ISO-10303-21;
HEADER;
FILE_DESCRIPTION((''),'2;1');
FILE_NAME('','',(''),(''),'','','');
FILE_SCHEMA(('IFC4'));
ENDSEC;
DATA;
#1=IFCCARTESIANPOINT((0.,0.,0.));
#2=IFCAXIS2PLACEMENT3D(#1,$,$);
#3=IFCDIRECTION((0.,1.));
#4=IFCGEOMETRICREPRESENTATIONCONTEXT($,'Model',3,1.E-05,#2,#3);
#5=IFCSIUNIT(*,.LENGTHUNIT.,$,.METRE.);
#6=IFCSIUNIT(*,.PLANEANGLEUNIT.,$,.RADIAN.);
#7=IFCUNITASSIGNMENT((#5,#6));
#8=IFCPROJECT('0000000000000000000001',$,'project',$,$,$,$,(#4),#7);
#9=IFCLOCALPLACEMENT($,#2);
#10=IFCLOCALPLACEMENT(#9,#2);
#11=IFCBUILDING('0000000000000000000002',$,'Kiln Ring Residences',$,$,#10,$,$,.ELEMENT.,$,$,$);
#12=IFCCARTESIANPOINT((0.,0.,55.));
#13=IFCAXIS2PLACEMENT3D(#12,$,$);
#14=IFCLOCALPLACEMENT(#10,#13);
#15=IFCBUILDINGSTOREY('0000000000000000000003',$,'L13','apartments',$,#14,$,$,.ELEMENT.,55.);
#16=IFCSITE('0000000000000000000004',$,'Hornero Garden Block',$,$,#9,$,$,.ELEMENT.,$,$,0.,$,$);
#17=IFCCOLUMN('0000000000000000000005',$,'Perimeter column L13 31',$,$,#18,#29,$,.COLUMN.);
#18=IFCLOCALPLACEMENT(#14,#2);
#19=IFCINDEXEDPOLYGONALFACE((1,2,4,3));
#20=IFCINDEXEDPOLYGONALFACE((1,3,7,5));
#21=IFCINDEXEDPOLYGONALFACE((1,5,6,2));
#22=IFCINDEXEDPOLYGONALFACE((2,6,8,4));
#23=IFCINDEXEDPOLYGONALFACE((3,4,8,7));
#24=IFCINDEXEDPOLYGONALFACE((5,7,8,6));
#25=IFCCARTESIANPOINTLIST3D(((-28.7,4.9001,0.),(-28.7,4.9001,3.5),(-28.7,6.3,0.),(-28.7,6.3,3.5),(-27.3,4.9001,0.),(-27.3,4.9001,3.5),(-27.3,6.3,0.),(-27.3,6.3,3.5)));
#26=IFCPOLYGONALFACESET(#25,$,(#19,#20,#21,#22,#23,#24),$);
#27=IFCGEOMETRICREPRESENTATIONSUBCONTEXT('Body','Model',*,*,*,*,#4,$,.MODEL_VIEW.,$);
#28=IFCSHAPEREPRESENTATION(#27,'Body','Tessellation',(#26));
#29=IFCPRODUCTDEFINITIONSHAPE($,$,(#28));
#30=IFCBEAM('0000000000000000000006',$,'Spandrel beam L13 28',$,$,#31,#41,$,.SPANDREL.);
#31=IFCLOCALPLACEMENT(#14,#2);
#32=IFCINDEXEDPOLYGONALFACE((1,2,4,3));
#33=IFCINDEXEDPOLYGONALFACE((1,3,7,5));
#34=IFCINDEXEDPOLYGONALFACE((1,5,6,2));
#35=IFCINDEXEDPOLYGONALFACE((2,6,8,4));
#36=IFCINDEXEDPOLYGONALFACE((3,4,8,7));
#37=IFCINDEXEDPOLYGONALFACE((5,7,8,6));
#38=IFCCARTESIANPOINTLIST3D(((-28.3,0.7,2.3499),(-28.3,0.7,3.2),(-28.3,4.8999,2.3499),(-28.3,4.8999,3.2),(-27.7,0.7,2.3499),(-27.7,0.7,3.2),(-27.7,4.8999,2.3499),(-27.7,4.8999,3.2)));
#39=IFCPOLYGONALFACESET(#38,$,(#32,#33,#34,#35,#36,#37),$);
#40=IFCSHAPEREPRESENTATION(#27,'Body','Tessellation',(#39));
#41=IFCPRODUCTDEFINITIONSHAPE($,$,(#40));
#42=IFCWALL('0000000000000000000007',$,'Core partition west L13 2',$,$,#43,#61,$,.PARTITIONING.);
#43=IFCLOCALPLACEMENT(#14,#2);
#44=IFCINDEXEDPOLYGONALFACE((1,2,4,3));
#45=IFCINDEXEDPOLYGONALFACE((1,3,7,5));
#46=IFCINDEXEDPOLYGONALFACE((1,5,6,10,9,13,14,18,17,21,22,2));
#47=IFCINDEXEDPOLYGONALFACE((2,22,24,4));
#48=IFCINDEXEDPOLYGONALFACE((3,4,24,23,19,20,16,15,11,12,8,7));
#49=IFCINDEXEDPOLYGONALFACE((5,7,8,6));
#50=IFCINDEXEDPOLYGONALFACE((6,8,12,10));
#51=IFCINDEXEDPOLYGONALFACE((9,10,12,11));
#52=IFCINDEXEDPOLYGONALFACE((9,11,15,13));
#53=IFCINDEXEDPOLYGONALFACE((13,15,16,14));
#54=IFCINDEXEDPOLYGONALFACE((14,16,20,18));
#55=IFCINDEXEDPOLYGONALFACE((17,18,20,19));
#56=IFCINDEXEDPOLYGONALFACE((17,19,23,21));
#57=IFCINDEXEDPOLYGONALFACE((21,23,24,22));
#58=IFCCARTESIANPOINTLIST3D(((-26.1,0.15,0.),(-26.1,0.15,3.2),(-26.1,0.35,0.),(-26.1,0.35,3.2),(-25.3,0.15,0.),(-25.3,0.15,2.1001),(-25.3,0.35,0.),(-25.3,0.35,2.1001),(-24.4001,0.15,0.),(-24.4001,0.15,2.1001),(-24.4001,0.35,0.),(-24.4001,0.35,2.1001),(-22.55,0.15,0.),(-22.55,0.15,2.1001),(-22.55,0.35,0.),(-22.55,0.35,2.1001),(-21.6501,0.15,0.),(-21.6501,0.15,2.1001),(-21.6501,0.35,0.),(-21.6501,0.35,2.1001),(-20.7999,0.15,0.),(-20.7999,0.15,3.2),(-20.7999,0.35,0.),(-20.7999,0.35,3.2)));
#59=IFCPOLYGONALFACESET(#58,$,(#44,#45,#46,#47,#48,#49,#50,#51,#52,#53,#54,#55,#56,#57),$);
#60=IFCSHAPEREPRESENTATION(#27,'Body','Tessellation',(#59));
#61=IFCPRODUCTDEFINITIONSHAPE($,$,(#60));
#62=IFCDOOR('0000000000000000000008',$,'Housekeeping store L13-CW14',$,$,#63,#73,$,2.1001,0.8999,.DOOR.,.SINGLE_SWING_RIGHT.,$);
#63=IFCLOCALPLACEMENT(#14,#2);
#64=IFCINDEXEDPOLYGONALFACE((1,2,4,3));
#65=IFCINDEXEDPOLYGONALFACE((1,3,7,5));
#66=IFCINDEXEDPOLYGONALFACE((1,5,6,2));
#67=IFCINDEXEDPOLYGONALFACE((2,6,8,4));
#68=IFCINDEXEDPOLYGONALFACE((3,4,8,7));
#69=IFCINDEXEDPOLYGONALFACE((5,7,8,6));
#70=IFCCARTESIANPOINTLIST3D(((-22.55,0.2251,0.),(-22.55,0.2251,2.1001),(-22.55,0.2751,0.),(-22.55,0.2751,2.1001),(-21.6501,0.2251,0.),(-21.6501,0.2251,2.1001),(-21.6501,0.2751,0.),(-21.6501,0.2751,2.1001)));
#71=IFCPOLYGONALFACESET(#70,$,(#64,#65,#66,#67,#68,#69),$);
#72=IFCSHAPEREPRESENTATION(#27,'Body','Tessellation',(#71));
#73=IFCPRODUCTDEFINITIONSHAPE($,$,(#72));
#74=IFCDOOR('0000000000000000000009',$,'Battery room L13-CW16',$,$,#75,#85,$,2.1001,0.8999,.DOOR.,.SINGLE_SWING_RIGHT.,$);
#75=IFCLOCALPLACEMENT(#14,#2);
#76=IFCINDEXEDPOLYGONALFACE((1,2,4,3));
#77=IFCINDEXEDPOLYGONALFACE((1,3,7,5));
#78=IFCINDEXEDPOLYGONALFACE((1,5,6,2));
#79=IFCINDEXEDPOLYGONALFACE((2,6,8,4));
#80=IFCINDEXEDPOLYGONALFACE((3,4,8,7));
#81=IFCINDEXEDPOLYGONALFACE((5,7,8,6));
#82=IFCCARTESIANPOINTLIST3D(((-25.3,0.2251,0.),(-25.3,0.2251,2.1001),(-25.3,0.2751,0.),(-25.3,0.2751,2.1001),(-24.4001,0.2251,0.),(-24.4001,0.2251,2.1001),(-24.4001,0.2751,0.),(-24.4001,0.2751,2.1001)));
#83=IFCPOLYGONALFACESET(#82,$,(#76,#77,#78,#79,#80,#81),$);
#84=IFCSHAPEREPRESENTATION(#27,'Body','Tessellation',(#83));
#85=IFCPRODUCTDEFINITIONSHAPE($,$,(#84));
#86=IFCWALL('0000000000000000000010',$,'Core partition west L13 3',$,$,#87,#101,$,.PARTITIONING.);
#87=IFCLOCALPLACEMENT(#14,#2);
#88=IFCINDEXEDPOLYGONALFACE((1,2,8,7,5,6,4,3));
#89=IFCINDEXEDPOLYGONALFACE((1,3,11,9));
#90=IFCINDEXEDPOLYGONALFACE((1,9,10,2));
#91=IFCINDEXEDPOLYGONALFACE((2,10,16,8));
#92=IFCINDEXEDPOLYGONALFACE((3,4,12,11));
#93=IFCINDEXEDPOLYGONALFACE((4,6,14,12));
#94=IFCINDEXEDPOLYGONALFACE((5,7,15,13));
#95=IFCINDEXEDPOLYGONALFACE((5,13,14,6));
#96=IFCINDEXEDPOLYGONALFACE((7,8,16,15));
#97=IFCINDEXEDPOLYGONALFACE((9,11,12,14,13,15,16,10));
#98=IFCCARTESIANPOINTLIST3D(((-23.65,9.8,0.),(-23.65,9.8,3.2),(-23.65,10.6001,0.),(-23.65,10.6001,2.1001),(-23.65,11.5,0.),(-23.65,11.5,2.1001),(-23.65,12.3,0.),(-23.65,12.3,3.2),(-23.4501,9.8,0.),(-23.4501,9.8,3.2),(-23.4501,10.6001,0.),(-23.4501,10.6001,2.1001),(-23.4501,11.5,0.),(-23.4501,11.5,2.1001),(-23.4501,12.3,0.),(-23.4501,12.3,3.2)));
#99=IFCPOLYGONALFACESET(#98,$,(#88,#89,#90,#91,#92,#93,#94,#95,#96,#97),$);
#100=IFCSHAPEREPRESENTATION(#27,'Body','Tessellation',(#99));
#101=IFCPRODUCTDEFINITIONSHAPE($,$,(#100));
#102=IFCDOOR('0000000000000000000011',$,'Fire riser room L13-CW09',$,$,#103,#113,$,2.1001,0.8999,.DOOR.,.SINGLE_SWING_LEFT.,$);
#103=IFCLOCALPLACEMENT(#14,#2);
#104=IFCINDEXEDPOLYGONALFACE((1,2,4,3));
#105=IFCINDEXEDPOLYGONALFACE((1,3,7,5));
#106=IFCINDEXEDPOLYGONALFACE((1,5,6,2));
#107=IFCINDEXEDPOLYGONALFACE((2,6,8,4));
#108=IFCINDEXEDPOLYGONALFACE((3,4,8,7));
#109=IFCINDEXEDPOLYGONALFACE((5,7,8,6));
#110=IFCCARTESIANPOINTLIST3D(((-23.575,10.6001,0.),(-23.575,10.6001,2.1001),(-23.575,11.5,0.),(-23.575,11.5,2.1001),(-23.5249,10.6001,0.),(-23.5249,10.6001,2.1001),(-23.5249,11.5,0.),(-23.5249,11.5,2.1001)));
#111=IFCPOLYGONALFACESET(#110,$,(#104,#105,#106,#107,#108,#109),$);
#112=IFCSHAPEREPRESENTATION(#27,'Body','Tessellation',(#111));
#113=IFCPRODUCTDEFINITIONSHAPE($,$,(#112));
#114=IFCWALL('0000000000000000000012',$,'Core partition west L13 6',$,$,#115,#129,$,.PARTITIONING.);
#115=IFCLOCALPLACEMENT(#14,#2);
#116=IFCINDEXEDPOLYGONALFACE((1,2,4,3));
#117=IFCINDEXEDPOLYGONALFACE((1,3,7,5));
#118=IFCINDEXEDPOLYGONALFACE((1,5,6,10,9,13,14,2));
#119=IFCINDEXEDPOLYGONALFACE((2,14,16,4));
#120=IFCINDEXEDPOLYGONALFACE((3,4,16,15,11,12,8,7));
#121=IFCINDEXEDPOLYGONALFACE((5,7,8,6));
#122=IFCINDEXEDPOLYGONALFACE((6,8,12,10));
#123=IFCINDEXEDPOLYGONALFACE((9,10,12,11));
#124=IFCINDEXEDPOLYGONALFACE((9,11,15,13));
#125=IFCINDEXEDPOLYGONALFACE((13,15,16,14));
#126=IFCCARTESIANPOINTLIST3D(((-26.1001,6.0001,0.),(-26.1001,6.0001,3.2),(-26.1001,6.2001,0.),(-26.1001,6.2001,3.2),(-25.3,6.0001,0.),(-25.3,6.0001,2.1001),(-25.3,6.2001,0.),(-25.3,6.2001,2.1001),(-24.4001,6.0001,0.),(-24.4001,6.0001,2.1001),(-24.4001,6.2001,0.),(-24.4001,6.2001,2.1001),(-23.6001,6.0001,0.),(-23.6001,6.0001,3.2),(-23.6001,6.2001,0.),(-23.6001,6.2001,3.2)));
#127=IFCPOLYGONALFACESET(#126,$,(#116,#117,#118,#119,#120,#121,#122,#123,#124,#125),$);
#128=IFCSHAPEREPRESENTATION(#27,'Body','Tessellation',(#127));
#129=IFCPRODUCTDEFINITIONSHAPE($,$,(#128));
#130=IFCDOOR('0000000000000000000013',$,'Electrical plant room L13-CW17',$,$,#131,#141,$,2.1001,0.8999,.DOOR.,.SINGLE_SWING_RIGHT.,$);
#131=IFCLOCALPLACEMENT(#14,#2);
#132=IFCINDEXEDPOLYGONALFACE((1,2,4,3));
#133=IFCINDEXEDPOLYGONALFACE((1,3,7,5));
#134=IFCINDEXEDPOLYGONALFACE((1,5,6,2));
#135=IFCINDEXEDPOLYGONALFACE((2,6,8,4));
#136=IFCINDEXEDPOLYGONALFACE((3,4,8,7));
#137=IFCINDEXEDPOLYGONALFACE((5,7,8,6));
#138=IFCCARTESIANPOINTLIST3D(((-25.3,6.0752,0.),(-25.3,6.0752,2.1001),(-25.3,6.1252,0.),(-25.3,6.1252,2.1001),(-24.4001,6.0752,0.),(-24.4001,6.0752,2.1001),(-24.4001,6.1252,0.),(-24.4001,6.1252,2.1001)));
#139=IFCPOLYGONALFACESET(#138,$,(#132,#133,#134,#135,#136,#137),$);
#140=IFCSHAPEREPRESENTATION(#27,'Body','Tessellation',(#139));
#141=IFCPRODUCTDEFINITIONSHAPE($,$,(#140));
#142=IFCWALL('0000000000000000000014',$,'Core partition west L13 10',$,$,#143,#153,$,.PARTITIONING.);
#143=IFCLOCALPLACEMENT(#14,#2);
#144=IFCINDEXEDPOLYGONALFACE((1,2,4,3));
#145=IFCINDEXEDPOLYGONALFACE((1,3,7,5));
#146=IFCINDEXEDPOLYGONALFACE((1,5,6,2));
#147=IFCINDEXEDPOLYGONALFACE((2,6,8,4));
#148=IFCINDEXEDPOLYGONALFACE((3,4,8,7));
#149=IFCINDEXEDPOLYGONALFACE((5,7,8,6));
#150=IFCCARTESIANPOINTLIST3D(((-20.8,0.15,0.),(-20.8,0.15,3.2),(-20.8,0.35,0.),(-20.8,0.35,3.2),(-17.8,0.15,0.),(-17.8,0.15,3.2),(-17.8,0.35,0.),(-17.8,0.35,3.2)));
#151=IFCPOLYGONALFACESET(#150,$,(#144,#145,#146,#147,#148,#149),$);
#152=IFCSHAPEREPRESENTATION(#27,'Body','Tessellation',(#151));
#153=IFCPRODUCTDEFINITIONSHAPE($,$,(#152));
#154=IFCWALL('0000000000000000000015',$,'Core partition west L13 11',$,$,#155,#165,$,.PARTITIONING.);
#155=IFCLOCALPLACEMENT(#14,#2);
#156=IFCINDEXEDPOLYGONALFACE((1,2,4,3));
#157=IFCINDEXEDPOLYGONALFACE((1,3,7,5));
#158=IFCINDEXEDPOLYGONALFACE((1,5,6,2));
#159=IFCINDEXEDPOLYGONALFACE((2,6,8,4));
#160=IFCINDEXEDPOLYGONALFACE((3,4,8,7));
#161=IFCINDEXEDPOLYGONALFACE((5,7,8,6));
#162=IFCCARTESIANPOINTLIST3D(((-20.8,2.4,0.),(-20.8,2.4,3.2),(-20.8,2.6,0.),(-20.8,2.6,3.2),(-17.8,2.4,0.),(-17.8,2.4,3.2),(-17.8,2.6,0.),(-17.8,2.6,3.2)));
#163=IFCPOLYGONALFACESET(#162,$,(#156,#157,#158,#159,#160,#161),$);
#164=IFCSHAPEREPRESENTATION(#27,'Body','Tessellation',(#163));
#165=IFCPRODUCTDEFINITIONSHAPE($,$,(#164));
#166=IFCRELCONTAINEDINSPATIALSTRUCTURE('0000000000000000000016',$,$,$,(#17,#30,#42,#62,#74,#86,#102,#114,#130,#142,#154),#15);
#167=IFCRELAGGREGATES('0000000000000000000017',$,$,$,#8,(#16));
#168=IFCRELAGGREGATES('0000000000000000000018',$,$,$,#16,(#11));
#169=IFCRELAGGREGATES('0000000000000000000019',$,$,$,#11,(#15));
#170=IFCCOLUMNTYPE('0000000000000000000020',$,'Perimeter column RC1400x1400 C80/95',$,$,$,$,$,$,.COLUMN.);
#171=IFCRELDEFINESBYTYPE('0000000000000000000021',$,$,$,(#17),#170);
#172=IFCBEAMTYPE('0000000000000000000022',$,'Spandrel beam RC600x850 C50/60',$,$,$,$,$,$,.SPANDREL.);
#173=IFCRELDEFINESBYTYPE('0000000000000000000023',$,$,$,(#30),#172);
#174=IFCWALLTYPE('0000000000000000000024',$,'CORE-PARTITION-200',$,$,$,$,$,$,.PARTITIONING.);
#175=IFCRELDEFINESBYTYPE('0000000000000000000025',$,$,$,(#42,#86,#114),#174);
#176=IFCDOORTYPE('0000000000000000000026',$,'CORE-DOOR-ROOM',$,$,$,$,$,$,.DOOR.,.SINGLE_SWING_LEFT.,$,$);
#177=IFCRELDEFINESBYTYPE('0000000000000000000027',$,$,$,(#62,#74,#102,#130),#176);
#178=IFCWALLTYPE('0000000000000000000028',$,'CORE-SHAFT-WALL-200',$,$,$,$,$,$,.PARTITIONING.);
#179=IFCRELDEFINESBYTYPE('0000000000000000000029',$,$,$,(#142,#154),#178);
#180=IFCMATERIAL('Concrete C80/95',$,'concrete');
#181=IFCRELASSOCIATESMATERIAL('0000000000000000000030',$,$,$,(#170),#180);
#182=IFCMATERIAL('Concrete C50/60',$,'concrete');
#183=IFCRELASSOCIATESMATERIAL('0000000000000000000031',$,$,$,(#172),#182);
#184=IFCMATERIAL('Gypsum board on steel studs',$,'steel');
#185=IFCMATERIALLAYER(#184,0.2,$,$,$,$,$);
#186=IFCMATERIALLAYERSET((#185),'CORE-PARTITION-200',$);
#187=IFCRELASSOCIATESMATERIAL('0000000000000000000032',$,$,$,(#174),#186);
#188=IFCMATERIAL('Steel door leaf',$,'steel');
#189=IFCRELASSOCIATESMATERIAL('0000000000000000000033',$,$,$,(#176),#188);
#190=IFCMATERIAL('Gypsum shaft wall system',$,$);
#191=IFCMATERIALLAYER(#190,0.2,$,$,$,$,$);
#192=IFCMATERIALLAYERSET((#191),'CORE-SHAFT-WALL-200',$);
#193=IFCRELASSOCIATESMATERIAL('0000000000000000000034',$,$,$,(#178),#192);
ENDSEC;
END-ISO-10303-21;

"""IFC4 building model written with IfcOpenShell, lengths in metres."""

from ifc_helpers import new_model, si_unit, direction, frame, frame_2d, origin, origin_2d, place, context, subcontext, project, spatial, rectangle, extrude, material, layer, layer_set, material_profile, profile_set, type_object, element, fill, save


model = new_model("IFC4")

# Units and contexts
model_context = context("Model", 3, precision=1e-05, world=origin(), true_north=direction((0.0, 1.0)))
body_context = subcontext(model_context, "Body", "Model", "MODEL_VIEW")
ifc_project = project(units=[si_unit("LENGTHUNIT", "METRE"), si_unit("PLANEANGLEUNIT", "RADIAN")], contexts=[model_context])

# Site, building, storey
site_placement = place(None, origin())
site = spatial("IfcSite", under=ifc_project, at=site_placement, Name="Hornero Garden Block", CompositionType="ELEMENT", RefElevation=0.0)
building_placement = place(site_placement, origin())
building = spatial("IfcBuilding", under=site, at=building_placement, Name="Kiln Ring Residences", CompositionType="ELEMENT")
storey_placement = place(building_placement, frame((0.0, 0.0, 55.0)))
storey = spatial("IfcBuildingStorey", under=building, at=storey_placement, Name="L13", Description="apartments", CompositionType="ELEMENT", Elevation=55.0)

# Column
ifc_material_1 = material(Name="Concrete C80/95", Category="concrete")
ifc_material_profile_1 = material_profile(ifc_material_1, rectangle(XDim=1.3999, YDim=1.3999, at=origin_2d()), Name="RC1400x1400")
ifc_profile_set_1 = profile_set([ifc_material_profile_1], Name="Concrete C80/95")
column_type = type_object("IfcColumnType", Name="Perimeter column RC1400x1400 C80/95", PredefinedType="COLUMN", material=ifc_profile_set_1)
column_placement = place(storey_placement, frame((-28.0, 5.6001, 0.0), z_axis=(0.0, 0.0, 1.0), x_axis=(1.0, 0.0, 0.0)))
element("IfcColumn", 1, at=column_placement, inside=storey, type_object=column_type, Name="Perimeter column L13 31", PredefinedType="COLUMN", context=body_context, shape_type="SweptSolid", body=[
    extrude(rectangle(XDim=1.3999, YDim=1.3999, at=origin_2d()), origin(), (0.0, 0.0, 1.0), 3.5),
])

# Beam
ifc_material_2 = material(Name="Concrete C50/60", Category="concrete")
ifc_material_profile_2 = material_profile(ifc_material_2, rectangle(XDim=0.6001, YDim=0.8501, at=origin_2d()), Name="RC600x850")
ifc_profile_set_2 = profile_set([ifc_material_profile_2], Name="Concrete C50/60")
beam_type = type_object("IfcBeamType", Name="Spandrel beam RC600x850 C50/60", PredefinedType="SPANDREL", material=ifc_profile_set_2)
beam_placement = place(storey_placement, frame((-28.0, 4.8999, 2.7749), z_axis=(0.0, -1.0, 0.0), x_axis=(1.0, 0.0, 0.0)))
element("IfcBeam", 2, at=beam_placement, inside=storey, type_object=beam_type, Name="Spandrel beam L13 28", PredefinedType="SPANDREL", context=body_context, shape_type="SweptSolid", body=[
    extrude(rectangle(XDim=0.6001, YDim=0.8501, at=origin_2d()), origin(), (0.0, 0.0, 1.0), 4.2),
])

# Wall, openings, doors
ifc_material_3 = material(Name="Gypsum board on steel studs", Category="steel")
ifc_layer_1 = layer(ifc_material_3, 0.2)
ifc_layer_set_1 = layer_set([ifc_layer_1], Name="CORE-PARTITION-200")
wall_type_1 = type_object("IfcWallType", Name="CORE-PARTITION-200", PredefinedType="PARTITIONING", material=ifc_layer_set_1)
wall_1_placement = place(storey_placement, frame((-20.8, 0.25, 0.0), z_axis=(0.0, 0.0, 1.0), x_axis=(-1.0, 0.0, 0.0)))
wall_1 = element("IfcWall", 3, at=wall_1_placement, inside=storey, type_object=wall_type_1, Name="Core partition west L13 2", PredefinedType="PARTITIONING", context=body_context, shape_type="SweptSolid", body=[
    extrude(rectangle(XDim=5.3, YDim=0.2, at=frame_2d((2.6499, 0.0))), origin(), (0.0, 0.0, 1.0), 3.2),
])
opening_1_placement = place(wall_1_placement, frame((0.8501, 0.0, 0.0)))
opening_1 = element("IfcOpeningElement", 4, at=opening_1_placement, cuts=wall_1, PredefinedType="OPENING", context=body_context, shape_type="SweptSolid", body=[
    extrude(rectangle(XDim=0.8999, YDim=2.1001, at=frame_2d((0.45, 1.05))), frame((0.0, 0.1099, 0.0), z_axis=(0.0, -1.0, 0.0), x_axis=(1.0, 0.0, 0.0)), (0.0, 0.0, 1.0), 0.22),
])
opening_2_placement = place(wall_1_placement, frame((3.6001, 0.0, 0.0)))
opening_2 = element("IfcOpeningElement", 5, at=opening_2_placement, cuts=wall_1, PredefinedType="OPENING", context=body_context, shape_type="SweptSolid", body=[
    extrude(rectangle(XDim=0.8999, YDim=2.1001, at=frame_2d((0.45, 1.05))), frame((0.0, 0.1099, 0.0), z_axis=(0.0, -1.0, 0.0), x_axis=(1.0, 0.0, 0.0)), (0.0, 0.0, 1.0), 0.22),
])
ifc_material_4 = material(Name="Steel door leaf", Category="steel")
door_type_1 = type_object("IfcDoorType", Name="CORE-DOOR-ROOM", OperationType="SINGLE_SWING_LEFT", PredefinedType="DOOR", material=ifc_material_4)
door_1_placement = place(opening_1_placement, origin())
door_1 = element("IfcDoor", 6, at=door_1_placement, inside=storey, type_object=door_type_1, Name="Housekeeping store L13-CW14", OperationType="SINGLE_SWING_RIGHT", OverallHeight=2.1001, OverallWidth=0.8999, PredefinedType="DOOR", context=body_context, shape_type="SweptSolid", body=[
    extrude(rectangle(XDim=0.8999, YDim=2.1001, at=frame_2d((0.45, 1.05))), frame((0.0, 0.0249, 0.0), z_axis=(0.0, -1.0, 0.0), x_axis=(1.0, 0.0, 0.0)), (0.0, 0.0, 1.0), 0.05),
])
fill(opening_1, door_1)
door_2_placement = place(opening_2_placement, origin())
door_2 = element("IfcDoor", 7, at=door_2_placement, inside=storey, type_object=door_type_1, Name="Battery room L13-CW16", OperationType="SINGLE_SWING_RIGHT", OverallHeight=2.1001, OverallWidth=0.8999, PredefinedType="DOOR", context=body_context, shape_type="SweptSolid", body=[
    extrude(rectangle(XDim=0.8999, YDim=2.1001, at=frame_2d((0.45, 1.05))), frame((0.0, 0.0249, 0.0), z_axis=(0.0, -1.0, 0.0), x_axis=(1.0, 0.0, 0.0)), (0.0, 0.0, 1.0), 0.05),
])
fill(opening_2, door_2)

# Walls, openings, doors
wall_2_placement = place(storey_placement, frame((-23.55, 9.8, 0.0), z_axis=(0.0, 0.0, 1.0), x_axis=(0.0, 1.0, 0.0)))
wall_2 = element("IfcWall", 8, at=wall_2_placement, inside=storey, type_object=wall_type_1, Name="Core partition west L13 3", PredefinedType="PARTITIONING", context=body_context, shape_type="SweptSolid", body=[
    extrude(rectangle(XDim=2.5, YDim=0.2, at=frame_2d((1.25, 0.0))), origin(), (0.0, 0.0, 1.0), 3.2),
])
opening_3_placement = place(wall_2_placement, frame((0.8, 0.0, 0.0)))
opening_3 = element("IfcOpeningElement", 9, at=opening_3_placement, cuts=wall_2, PredefinedType="OPENING", context=body_context, shape_type="SweptSolid", body=[
    extrude(rectangle(XDim=0.8999, YDim=2.1001, at=frame_2d((0.45, 1.05))), frame((0.0, 0.1099, 0.0), z_axis=(0.0, -1.0, 0.0), x_axis=(1.0, 0.0, 0.0)), (0.0, 0.0, 1.0), 0.22),
])
door_3_placement = place(opening_3_placement, origin())
door_3 = element("IfcDoor", 10, at=door_3_placement, inside=storey, type_object=door_type_1, Name="Fire riser room L13-CW09", OperationType="SINGLE_SWING_LEFT", OverallHeight=2.1001, OverallWidth=0.8999, PredefinedType="DOOR", context=body_context, shape_type="SweptSolid", body=[
    extrude(rectangle(XDim=0.8999, YDim=2.1001, at=frame_2d((0.45, 1.05))), frame((0.0, 0.0249, 0.0), z_axis=(0.0, -1.0, 0.0), x_axis=(1.0, 0.0, 0.0)), (0.0, 0.0, 1.0), 0.05),
])
fill(opening_3, door_3)
wall_3_placement = place(storey_placement, frame((-23.6001, 6.1001, 0.0), z_axis=(0.0, 0.0, 1.0), x_axis=(-1.0, 0.0, 0.0)))
wall_3 = element("IfcWall", 11, at=wall_3_placement, inside=storey, type_object=wall_type_1, Name="Core partition west L13 6", PredefinedType="PARTITIONING", context=body_context, shape_type="SweptSolid", body=[
    extrude(rectangle(XDim=2.5, YDim=0.2, at=frame_2d((1.25, 0.0))), origin(), (0.0, 0.0, 1.0), 3.2),
])
opening_4_placement = place(wall_3_placement, frame((0.8, 0.0, 0.0)))
opening_4 = element("IfcOpeningElement", 12, at=opening_4_placement, cuts=wall_3, PredefinedType="OPENING", context=body_context, shape_type="SweptSolid", body=[
    extrude(rectangle(XDim=0.8999, YDim=2.1001, at=frame_2d((0.45, 1.05))), frame((0.0, 0.1099, 0.0), z_axis=(0.0, -1.0, 0.0), x_axis=(1.0, 0.0, 0.0)), (0.0, 0.0, 1.0), 0.22),
])
door_4_placement = place(opening_4_placement, origin())
door_4 = element("IfcDoor", 13, at=door_4_placement, inside=storey, type_object=door_type_1, Name="Electrical plant room L13-CW17", OperationType="SINGLE_SWING_RIGHT", OverallHeight=2.1001, OverallWidth=0.8999, PredefinedType="DOOR", context=body_context, shape_type="SweptSolid", body=[
    extrude(rectangle(XDim=0.8999, YDim=2.1001, at=frame_2d((0.45, 1.05))), frame((0.0, 0.0249, 0.0), z_axis=(0.0, -1.0, 0.0), x_axis=(1.0, 0.0, 0.0)), (0.0, 0.0, 1.0), 0.05),
])
fill(opening_4, door_4)

# Walls
ifc_material_5 = material(Name="Gypsum shaft wall system")
ifc_layer_2 = layer(ifc_material_5, 0.2)
ifc_layer_set_2 = layer_set([ifc_layer_2], Name="CORE-SHAFT-WALL-200")
wall_type_2 = type_object("IfcWallType", Name="CORE-SHAFT-WALL-200", PredefinedType="PARTITIONING", material=ifc_layer_set_2)
for number, where, z_axis, x_axis, name in (
    (14, (-17.8, 0.25, 0.0), (0.0, 0.0, 1.0), (-1.0, 0.0, 0.0), "Core partition west L13 10"),
    (15, (-17.8, 2.5, 0.0), (0.0, 0.0, 1.0), (-1.0, 0.0, 0.0), "Core partition west L13 11"),
):
    element("IfcWall", number, at=place(storey_placement, frame(where, z_axis=z_axis, x_axis=x_axis)), inside=storey, type_object=wall_type_2, Name=name, PredefinedType="PARTITIONING", context=body_context, shape_type="SweptSolid", body=[
        extrude(rectangle(XDim=3.0, YDim=0.2, at=frame_2d((1.5, 0.0))), origin(), (0.0, 0.0, 1.0), 3.2),
    ])

save(model, "model.ifc")
